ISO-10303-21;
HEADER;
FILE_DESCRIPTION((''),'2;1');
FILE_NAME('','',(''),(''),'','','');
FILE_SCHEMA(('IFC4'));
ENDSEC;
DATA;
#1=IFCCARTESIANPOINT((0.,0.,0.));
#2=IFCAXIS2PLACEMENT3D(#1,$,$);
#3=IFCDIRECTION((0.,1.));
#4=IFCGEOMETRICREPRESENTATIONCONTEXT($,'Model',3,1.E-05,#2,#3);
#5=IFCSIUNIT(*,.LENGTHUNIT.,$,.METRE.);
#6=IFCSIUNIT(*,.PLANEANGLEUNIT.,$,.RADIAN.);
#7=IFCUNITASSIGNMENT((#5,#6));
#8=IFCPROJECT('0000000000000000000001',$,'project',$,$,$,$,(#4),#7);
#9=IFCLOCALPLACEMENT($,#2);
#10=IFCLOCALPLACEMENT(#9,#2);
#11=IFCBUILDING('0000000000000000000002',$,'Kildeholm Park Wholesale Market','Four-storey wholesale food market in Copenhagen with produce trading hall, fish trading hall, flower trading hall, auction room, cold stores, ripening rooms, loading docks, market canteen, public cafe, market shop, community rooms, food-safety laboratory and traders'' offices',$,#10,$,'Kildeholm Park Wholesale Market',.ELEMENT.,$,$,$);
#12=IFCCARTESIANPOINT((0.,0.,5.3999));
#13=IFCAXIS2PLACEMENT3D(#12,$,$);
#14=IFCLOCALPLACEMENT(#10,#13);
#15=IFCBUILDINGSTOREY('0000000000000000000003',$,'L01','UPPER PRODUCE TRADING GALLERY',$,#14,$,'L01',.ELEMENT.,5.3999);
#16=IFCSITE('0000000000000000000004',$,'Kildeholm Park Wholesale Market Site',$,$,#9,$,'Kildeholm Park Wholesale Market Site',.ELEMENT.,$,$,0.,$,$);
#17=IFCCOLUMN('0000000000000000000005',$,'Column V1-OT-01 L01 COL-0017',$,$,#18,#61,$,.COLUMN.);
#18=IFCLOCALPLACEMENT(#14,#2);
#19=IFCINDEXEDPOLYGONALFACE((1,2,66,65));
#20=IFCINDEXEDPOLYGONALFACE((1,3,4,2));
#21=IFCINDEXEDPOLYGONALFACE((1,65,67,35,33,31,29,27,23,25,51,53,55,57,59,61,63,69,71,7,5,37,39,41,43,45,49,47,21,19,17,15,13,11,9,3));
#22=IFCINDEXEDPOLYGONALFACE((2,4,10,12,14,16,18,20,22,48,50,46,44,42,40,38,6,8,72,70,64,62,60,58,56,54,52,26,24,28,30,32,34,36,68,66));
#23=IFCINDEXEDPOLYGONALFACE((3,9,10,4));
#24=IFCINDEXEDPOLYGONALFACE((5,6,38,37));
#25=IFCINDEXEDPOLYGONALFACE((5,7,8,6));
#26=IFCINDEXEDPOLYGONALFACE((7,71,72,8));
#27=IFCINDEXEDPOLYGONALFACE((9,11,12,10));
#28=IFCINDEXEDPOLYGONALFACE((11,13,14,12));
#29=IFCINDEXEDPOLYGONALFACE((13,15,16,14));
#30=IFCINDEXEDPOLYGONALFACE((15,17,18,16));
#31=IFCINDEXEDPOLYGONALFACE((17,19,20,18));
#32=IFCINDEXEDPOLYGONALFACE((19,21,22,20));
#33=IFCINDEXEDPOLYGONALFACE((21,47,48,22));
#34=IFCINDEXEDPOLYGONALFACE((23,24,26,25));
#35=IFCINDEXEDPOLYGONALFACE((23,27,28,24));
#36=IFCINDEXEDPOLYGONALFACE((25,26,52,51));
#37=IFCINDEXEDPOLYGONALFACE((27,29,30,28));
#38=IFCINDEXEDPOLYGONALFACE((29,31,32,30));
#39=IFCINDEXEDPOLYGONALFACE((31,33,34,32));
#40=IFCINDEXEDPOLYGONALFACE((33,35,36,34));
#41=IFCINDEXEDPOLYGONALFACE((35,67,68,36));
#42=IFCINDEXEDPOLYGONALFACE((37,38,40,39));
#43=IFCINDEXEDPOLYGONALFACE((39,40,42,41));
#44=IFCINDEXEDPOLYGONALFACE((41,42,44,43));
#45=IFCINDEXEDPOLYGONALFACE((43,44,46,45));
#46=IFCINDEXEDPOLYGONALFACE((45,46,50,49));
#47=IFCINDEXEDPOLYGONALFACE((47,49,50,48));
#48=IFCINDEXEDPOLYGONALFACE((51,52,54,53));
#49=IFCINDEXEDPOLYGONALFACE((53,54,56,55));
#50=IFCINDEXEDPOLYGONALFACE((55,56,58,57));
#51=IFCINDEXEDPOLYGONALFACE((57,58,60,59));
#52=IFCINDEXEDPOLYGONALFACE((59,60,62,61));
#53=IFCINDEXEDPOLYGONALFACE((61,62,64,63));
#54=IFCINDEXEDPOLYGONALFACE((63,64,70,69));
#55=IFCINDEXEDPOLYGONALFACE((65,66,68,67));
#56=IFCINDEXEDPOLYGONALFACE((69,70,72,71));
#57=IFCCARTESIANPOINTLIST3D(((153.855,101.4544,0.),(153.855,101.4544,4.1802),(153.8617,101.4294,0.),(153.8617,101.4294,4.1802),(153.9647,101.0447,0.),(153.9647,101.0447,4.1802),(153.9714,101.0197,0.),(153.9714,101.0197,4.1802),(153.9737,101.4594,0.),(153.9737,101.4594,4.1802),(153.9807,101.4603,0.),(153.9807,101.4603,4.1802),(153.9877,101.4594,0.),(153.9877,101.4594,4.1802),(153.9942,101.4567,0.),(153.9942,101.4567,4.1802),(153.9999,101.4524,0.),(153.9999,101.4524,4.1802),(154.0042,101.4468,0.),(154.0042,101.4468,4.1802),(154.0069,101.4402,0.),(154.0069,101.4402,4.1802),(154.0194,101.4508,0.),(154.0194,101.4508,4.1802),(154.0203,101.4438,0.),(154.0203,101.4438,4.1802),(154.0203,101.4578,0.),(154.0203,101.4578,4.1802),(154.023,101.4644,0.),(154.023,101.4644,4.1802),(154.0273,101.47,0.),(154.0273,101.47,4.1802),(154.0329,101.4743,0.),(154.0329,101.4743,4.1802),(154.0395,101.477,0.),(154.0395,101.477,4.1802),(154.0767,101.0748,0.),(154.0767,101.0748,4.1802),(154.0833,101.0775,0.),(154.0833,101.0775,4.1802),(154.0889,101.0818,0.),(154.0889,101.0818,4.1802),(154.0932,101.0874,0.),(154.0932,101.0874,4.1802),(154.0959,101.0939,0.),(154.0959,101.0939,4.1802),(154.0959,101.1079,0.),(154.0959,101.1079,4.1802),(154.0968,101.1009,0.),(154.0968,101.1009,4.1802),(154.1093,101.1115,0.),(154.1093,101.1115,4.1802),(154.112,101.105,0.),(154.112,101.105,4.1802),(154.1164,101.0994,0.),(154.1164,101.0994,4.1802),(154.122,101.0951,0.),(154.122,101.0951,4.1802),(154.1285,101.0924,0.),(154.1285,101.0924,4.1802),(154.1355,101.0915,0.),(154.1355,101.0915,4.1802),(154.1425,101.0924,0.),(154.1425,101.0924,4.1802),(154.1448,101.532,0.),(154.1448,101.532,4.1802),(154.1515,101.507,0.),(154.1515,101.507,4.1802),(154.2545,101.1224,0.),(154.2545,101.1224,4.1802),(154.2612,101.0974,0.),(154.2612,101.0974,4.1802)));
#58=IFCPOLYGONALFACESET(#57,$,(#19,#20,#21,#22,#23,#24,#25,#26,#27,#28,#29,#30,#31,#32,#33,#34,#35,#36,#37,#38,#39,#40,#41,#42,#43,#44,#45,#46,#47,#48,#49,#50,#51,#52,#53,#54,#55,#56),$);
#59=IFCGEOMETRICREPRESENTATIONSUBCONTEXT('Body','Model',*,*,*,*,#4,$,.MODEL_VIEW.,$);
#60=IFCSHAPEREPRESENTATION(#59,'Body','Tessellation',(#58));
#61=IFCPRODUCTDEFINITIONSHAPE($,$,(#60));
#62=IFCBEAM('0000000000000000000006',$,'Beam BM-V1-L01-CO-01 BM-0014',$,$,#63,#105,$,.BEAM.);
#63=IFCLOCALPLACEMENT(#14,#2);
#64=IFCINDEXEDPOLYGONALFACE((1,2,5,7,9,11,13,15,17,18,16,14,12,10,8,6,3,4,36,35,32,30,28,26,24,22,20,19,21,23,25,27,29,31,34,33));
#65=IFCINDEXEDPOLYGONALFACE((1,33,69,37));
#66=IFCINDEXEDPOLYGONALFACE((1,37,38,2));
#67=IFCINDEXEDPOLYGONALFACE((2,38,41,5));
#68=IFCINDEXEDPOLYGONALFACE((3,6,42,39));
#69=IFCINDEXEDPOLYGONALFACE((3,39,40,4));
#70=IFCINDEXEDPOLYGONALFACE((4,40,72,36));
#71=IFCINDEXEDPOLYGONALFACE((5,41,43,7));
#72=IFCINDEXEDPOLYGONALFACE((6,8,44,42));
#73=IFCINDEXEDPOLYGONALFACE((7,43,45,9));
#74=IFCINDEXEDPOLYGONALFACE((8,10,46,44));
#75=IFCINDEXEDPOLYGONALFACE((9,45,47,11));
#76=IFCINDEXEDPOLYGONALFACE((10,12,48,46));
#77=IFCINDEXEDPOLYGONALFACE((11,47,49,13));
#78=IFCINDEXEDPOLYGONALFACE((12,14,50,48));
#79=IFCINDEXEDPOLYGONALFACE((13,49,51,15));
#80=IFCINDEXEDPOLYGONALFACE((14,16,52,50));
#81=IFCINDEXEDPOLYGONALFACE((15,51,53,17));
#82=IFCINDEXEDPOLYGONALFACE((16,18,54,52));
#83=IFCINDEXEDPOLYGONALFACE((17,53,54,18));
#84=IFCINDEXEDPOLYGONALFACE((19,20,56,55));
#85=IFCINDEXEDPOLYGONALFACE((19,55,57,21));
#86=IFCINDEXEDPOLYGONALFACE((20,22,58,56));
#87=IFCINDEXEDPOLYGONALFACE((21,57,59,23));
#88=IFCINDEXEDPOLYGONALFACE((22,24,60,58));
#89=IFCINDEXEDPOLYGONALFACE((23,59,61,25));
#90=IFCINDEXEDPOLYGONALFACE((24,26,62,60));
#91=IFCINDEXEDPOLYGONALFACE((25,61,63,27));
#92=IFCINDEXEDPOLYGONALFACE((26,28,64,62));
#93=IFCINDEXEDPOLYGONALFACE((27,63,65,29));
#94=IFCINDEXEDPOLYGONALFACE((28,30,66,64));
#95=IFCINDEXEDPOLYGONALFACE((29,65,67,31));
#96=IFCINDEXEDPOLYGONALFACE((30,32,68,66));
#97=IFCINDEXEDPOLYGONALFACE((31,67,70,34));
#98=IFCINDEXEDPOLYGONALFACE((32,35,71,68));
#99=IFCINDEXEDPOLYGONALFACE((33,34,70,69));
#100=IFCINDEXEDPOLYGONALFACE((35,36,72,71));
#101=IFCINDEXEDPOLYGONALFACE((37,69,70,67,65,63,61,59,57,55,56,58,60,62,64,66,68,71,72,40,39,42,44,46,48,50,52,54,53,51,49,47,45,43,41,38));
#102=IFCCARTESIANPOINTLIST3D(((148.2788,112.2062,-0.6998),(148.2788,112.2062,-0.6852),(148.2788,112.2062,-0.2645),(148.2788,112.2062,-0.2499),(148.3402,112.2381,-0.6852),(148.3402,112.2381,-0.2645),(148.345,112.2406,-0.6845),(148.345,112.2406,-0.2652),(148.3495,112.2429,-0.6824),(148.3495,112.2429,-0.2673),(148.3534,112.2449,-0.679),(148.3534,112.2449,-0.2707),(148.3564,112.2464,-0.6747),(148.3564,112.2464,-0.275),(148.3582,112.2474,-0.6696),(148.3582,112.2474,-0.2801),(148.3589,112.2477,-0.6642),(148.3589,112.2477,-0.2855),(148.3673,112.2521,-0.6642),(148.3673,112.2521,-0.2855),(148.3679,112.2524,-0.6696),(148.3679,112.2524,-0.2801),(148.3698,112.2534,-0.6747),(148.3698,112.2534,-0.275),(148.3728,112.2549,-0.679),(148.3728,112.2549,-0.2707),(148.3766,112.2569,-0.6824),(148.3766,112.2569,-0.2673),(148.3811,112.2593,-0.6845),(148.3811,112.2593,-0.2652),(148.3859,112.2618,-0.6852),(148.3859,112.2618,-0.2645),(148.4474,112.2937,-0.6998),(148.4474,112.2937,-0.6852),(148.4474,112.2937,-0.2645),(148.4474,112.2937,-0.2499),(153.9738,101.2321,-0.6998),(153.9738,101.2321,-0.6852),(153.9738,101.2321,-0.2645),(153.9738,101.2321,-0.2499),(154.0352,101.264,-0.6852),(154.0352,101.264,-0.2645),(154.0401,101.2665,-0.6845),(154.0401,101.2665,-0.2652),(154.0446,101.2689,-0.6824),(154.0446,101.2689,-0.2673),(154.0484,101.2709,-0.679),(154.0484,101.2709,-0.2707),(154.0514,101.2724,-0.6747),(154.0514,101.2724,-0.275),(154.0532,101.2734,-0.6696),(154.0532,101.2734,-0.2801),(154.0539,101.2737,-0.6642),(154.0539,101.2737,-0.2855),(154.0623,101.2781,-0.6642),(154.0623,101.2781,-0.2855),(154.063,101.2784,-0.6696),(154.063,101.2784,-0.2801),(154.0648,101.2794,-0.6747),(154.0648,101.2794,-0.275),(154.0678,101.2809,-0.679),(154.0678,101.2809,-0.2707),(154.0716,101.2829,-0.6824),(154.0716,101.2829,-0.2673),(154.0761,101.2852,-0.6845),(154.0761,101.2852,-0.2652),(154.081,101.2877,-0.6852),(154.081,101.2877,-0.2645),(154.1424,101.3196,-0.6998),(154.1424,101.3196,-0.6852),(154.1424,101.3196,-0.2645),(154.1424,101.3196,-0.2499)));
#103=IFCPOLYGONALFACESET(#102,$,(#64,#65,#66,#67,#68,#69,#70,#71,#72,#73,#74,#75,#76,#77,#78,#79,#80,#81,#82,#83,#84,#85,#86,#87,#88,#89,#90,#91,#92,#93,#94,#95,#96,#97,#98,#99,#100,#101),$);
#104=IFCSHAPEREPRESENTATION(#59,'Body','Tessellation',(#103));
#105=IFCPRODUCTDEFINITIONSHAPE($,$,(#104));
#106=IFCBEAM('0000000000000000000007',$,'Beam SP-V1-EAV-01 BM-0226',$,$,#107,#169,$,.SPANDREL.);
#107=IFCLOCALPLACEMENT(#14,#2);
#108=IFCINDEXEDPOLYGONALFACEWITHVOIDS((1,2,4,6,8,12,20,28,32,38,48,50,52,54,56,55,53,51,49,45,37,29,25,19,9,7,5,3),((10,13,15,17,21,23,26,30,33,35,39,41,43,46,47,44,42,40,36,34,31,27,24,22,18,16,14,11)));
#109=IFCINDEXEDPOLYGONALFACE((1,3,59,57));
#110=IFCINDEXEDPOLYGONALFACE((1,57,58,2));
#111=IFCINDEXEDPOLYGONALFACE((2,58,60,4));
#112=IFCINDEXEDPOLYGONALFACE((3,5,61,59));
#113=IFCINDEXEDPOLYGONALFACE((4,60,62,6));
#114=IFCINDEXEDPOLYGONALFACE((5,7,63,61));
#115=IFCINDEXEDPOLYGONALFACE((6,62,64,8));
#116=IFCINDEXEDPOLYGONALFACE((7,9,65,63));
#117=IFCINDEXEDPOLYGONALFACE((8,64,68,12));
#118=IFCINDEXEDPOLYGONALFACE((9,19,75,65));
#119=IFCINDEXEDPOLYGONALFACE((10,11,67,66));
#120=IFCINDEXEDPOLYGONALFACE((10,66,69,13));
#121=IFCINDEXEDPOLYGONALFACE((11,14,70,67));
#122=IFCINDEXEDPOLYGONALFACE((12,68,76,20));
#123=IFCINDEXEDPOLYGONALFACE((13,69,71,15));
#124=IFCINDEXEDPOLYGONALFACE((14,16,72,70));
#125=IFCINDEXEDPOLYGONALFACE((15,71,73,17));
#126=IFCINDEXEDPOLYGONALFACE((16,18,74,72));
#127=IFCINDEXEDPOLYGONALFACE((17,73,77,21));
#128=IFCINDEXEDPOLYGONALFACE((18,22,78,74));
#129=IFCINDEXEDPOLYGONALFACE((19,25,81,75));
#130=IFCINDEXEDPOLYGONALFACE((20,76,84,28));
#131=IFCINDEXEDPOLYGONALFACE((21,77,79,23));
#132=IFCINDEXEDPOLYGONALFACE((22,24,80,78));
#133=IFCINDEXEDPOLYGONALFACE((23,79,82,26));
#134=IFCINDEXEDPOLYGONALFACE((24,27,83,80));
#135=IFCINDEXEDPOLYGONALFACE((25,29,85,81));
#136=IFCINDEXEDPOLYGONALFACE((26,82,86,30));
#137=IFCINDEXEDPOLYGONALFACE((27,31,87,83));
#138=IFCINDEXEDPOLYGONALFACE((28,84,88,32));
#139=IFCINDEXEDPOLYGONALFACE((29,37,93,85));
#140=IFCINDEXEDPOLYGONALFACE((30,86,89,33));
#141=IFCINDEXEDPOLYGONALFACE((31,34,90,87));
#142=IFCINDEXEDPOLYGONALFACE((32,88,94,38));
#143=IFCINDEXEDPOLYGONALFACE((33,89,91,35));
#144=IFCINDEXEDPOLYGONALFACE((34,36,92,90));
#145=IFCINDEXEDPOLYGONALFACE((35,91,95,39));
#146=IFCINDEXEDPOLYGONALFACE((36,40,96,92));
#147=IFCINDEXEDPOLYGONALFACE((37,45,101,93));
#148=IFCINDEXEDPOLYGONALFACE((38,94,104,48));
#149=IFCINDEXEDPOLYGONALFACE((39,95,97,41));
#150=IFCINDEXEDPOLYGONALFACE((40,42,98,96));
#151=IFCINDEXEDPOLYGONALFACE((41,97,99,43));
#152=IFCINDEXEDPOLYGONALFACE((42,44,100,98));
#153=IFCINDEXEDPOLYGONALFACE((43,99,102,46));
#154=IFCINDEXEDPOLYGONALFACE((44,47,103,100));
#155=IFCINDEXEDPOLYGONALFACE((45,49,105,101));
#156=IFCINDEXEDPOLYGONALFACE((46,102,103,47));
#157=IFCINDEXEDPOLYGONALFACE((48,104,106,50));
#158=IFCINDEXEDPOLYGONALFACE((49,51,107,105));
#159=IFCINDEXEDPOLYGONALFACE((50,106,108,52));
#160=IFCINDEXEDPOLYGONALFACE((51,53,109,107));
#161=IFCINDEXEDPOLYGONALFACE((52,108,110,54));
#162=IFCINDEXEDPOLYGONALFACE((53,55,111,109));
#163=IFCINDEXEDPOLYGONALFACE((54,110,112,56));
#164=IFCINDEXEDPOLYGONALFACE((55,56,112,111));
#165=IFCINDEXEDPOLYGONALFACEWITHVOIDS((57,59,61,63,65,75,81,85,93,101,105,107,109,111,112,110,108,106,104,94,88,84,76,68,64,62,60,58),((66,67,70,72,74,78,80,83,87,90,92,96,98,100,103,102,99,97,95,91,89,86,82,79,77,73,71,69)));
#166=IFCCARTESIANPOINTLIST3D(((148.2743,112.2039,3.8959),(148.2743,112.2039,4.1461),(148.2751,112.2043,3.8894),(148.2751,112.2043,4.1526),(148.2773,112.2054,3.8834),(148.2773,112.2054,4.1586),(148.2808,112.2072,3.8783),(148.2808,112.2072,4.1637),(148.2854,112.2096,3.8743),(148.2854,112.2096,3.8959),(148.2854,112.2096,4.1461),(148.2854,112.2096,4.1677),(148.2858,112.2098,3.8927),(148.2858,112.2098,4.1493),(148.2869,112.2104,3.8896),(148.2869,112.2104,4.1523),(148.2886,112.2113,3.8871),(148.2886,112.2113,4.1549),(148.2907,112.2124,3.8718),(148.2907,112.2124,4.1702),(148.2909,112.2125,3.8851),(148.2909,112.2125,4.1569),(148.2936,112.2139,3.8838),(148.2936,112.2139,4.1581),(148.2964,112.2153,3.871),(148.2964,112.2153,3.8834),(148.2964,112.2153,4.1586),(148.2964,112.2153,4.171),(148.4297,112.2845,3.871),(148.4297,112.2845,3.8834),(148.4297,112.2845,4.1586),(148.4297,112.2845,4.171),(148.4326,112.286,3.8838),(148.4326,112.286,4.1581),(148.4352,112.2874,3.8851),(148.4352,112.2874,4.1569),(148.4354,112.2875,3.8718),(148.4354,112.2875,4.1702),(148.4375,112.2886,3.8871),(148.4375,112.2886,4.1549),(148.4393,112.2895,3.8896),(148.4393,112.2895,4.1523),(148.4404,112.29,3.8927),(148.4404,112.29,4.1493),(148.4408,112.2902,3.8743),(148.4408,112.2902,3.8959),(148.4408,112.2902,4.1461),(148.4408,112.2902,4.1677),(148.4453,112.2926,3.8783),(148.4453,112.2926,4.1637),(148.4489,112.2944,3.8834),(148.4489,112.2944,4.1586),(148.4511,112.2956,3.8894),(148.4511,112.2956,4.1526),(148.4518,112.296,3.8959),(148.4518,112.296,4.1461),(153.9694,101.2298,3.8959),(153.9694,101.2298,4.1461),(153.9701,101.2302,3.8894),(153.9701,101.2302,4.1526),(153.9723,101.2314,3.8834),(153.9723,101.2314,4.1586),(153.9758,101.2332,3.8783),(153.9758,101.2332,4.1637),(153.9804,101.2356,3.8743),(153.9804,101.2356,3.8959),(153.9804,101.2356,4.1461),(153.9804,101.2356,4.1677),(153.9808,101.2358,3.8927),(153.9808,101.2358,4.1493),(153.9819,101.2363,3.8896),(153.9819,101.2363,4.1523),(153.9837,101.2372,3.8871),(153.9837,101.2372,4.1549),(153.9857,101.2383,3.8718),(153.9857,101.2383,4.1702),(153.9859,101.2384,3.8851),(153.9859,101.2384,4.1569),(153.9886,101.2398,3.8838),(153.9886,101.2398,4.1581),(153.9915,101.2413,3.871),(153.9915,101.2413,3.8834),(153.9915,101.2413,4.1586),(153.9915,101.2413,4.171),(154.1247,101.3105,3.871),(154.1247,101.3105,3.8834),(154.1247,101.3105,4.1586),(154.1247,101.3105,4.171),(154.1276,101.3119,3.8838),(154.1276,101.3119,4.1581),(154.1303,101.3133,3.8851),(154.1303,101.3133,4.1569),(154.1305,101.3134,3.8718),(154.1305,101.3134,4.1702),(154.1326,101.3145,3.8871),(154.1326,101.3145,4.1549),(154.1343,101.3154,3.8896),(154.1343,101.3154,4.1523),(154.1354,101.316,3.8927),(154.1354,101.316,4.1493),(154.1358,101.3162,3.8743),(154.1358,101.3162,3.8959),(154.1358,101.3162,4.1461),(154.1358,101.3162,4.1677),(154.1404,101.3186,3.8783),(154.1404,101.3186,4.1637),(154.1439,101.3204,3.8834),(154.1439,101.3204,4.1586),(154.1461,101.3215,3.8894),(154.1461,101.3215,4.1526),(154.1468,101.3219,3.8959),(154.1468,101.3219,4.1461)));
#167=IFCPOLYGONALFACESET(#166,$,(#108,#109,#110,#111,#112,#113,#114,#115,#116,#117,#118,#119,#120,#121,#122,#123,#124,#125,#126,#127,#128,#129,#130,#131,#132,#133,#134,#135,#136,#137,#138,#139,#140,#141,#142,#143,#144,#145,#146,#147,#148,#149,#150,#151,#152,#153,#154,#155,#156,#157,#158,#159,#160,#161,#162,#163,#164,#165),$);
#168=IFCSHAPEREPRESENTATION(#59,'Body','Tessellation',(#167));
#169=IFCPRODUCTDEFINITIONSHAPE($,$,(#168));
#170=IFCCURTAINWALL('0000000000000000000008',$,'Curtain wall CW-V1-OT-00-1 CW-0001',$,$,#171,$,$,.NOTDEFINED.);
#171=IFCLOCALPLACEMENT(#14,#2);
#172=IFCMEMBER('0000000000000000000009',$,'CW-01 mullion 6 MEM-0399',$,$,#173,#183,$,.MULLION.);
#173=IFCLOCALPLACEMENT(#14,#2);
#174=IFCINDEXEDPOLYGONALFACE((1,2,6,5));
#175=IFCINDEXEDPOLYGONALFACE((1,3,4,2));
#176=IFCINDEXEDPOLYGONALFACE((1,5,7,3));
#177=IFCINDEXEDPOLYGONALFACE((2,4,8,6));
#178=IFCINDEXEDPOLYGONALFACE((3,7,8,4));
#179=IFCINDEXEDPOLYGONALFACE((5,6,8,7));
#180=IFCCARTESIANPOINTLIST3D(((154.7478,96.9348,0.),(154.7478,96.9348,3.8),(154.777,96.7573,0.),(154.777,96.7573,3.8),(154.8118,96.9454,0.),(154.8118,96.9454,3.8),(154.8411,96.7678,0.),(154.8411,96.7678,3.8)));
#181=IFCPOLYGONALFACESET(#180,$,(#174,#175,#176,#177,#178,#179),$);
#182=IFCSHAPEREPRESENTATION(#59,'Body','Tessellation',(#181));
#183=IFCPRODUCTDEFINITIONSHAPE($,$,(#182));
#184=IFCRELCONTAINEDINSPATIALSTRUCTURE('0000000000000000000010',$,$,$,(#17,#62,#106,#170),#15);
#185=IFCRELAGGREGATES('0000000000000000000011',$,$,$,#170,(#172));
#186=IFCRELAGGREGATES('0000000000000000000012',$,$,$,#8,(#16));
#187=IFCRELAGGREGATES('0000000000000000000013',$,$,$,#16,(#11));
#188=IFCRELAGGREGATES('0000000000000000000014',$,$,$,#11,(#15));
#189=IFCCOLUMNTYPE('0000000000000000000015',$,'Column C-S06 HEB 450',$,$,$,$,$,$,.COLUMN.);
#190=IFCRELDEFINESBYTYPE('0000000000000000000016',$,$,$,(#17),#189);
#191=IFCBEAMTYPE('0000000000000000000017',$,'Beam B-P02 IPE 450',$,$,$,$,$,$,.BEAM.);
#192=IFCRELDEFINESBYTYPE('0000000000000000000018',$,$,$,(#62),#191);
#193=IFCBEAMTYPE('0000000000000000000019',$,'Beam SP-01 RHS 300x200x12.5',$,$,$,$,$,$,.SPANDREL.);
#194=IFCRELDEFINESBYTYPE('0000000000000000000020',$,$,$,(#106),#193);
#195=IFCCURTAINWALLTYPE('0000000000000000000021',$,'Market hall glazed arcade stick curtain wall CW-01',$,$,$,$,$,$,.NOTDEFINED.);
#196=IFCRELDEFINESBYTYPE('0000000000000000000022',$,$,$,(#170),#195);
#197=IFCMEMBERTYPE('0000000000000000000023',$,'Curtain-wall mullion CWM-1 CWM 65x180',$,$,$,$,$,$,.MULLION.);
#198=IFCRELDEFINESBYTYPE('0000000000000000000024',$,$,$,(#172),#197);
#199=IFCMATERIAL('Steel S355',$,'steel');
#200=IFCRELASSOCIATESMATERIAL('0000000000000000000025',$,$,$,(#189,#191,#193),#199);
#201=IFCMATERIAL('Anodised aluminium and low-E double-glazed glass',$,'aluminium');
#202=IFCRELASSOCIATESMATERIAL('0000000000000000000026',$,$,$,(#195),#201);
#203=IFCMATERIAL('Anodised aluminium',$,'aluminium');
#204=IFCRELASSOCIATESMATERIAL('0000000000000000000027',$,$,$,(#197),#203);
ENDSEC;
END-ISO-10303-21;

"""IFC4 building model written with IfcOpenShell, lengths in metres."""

from ifc_helpers import new_model, si_unit, direction, frame, origin, origin_2d, place, context, subcontext, project, spatial, rectangle, hollow_rectangle, i_section, extrude, material, material_profile, profile_set, type_object, element, aggregate, save


model = new_model("IFC4")

# Units and contexts
model_context = context("Model", 3, precision=1e-05, world=origin(), true_north=direction((0.0, 1.0)))
body_context = subcontext(model_context, "Body", "Model", "MODEL_VIEW")
ifc_project = project(units=[si_unit("LENGTHUNIT", "METRE"), si_unit("PLANEANGLEUNIT", "RADIAN")], contexts=[model_context])

# Site, building, storey
site_placement = place(None, origin())
site = spatial("IfcSite", under=ifc_project, at=site_placement, Name="Kildeholm Park Wholesale Market Site", LongName="Kildeholm Park Wholesale Market Site", CompositionType="ELEMENT", RefElevation=0.0)
building_placement = place(site_placement, origin())
building = spatial("IfcBuilding", under=site, at=building_placement, Name="Kildeholm Park Wholesale Market", Description="Four-storey wholesale food market in Copenhagen with produce trading hall, fish trading hall, flower trading hall, auction room, cold stores, ripening rooms, loading docks, market canteen, public cafe, market shop, community rooms, food-safety laboratory and traders' offices", LongName="Kildeholm Park Wholesale Market", CompositionType="ELEMENT")
storey_placement = place(building_placement, frame((0.0, 0.0, 5.3999)))
storey = spatial("IfcBuildingStorey", under=building, at=storey_placement, Name="L01", Description="UPPER PRODUCE TRADING GALLERY", LongName="L01", CompositionType="ELEMENT", Elevation=5.3999)

# Column
ifc_material_1 = material(Name="Steel S355", Category="steel")
ifc_material_profile_1 = material_profile(ifc_material_1, i_section(OverallWidth=0.3, OverallDepth=0.45, WebThickness=0.0139, FlangeThickness=0.0259, FilletRadius=0.0271, at=origin_2d()), Name="HEB 450")
ifc_profile_set_1 = profile_set([ifc_material_profile_1], Name="Steel S355")
column_type = type_object("IfcColumnType", Name="Column C-S06 HEB 450", PredefinedType="COLUMN", material=ifc_profile_set_1)
column_placement = place(storey_placement, frame((154.0581, 101.2759, 0.0), z_axis=(0.0, 0.0, 1.0), x_axis=(0.965926, 0.258819, 0.0)))
element("IfcColumn", 1, at=column_placement, inside=storey, type_object=column_type, Name="Column V1-OT-01 L01 COL-0017", PredefinedType="COLUMN", context=body_context, shape_type="SweptSolid", body=[
    extrude(i_section(OverallWidth=0.3, OverallDepth=0.45, WebThickness=0.0139, FlangeThickness=0.0259, FilletRadius=0.0271, at=origin_2d()), origin(), (0.0, 0.0, 1.0), 4.1802),
])

# Beams
ifc_material_profile_2 = material_profile(ifc_material_1, i_section(OverallWidth=0.1899, OverallDepth=0.45, WebThickness=0.0095, FlangeThickness=0.0146, FilletRadius=0.021, at=origin_2d()), Name="IPE 450")
ifc_profile_set_2 = profile_set([ifc_material_profile_2], Name="Steel S355")
beam_type_1 = type_object("IfcBeamType", Name="Beam B-P02 IPE 450", PredefinedType="BEAM", material=ifc_profile_set_2)
beam_1_placement = place(storey_placement, frame((154.0581, 101.2759, -0.4749), z_axis=(-0.460622, 0.887596, 0.0), x_axis=(-0.887596, -0.460622, 0.0)))
element("IfcBeam", 2, at=beam_1_placement, inside=storey, type_object=beam_type_1, Name="Beam BM-V1-L01-CO-01 BM-0014", PredefinedType="BEAM", context=body_context, shape_type="SweptSolid", body=[
    extrude(i_section(OverallWidth=0.1899, OverallDepth=0.45, WebThickness=0.0095, FlangeThickness=0.0146, FilletRadius=0.021, at=origin_2d()), origin(), (0.0, 0.0, 1.0), 12.3638),
])
ifc_material_profile_3 = material_profile(ifc_material_1, hollow_rectangle(XDim=0.2, YDim=0.3, WallThickness=0.0125, InnerFilletRadius=0.0125, OuterFilletRadius=0.0249, at=origin_2d()), Name="RHS 300x200x12.5")
ifc_profile_set_3 = profile_set([ifc_material_profile_3], Name="Steel S355")
beam_type_2 = type_object("IfcBeamType", Name="Beam SP-01 RHS 300x200x12.5", PredefinedType="SPANDREL", material=ifc_profile_set_3)
beam_2_placement = place(storey_placement, frame((154.0581, 101.2759, 4.021), z_axis=(-0.460622, 0.887596, 0.0), x_axis=(-0.887596, -0.460622, 0.0)))
element("IfcBeam", 3, at=beam_2_placement, inside=storey, type_object=beam_type_2, Name="Beam SP-V1-EAV-01 BM-0226", PredefinedType="SPANDREL", context=body_context, shape_type="SweptSolid", body=[
    extrude(hollow_rectangle(XDim=0.2, YDim=0.3, WallThickness=0.0125, InnerFilletRadius=0.0125, OuterFilletRadius=0.0249, at=origin_2d()), origin(), (0.0, 0.0, 1.0), 12.3638),
])

# Curtain wall, member
ifc_material_2 = material(Name="Anodised aluminium and low-E double-glazed glass", Category="aluminium")
curtain_wall_type = type_object("IfcCurtainWallType", Name="Market hall glazed arcade stick curtain wall CW-01", PredefinedType="NOTDEFINED", material=ifc_material_2)
curtain_wall_1_placement = place(storey_placement, origin())
curtain_wall_1 = element("IfcCurtainWall", 4, at=curtain_wall_1_placement, inside=storey, type_object=curtain_wall_type, Name="Curtain wall CW-V1-OT-00-1 CW-0001", PredefinedType="NOTDEFINED")
ifc_material_3 = material(Name="Anodised aluminium", Category="aluminium")
ifc_material_profile_4 = material_profile(ifc_material_3, rectangle(XDim=0.0649, YDim=0.1799, at=origin_2d()), Name="CWM 65x180")
ifc_profile_set_4 = profile_set([ifc_material_profile_4], Name="Anodised aluminium")
member_type_1 = type_object("IfcMemberType", Name="Curtain-wall mullion CWM-1 CWM 65x180", PredefinedType="MULLION", material=ifc_profile_set_4)
member_1_placement = place(storey_placement, frame((154.7944, 96.8513, 0.0), z_axis=(0.0, 0.0, 1.0), x_axis=(-0.986675, -0.162703, 0.0)))
member_1 = element("IfcMember", 5, at=member_1_placement, type_object=member_type_1, Name="CW-01 mullion 6 MEM-0399", PredefinedType="MULLION", context=body_context, shape_type="SweptSolid", body=[
    extrude(rectangle(XDim=0.0649, YDim=0.1799, at=origin_2d()), origin(), (0.0, 0.0, 1.0), 3.8),
])

aggregate(curtain_wall_1, [member_1])

save(model, "model.ifc")
